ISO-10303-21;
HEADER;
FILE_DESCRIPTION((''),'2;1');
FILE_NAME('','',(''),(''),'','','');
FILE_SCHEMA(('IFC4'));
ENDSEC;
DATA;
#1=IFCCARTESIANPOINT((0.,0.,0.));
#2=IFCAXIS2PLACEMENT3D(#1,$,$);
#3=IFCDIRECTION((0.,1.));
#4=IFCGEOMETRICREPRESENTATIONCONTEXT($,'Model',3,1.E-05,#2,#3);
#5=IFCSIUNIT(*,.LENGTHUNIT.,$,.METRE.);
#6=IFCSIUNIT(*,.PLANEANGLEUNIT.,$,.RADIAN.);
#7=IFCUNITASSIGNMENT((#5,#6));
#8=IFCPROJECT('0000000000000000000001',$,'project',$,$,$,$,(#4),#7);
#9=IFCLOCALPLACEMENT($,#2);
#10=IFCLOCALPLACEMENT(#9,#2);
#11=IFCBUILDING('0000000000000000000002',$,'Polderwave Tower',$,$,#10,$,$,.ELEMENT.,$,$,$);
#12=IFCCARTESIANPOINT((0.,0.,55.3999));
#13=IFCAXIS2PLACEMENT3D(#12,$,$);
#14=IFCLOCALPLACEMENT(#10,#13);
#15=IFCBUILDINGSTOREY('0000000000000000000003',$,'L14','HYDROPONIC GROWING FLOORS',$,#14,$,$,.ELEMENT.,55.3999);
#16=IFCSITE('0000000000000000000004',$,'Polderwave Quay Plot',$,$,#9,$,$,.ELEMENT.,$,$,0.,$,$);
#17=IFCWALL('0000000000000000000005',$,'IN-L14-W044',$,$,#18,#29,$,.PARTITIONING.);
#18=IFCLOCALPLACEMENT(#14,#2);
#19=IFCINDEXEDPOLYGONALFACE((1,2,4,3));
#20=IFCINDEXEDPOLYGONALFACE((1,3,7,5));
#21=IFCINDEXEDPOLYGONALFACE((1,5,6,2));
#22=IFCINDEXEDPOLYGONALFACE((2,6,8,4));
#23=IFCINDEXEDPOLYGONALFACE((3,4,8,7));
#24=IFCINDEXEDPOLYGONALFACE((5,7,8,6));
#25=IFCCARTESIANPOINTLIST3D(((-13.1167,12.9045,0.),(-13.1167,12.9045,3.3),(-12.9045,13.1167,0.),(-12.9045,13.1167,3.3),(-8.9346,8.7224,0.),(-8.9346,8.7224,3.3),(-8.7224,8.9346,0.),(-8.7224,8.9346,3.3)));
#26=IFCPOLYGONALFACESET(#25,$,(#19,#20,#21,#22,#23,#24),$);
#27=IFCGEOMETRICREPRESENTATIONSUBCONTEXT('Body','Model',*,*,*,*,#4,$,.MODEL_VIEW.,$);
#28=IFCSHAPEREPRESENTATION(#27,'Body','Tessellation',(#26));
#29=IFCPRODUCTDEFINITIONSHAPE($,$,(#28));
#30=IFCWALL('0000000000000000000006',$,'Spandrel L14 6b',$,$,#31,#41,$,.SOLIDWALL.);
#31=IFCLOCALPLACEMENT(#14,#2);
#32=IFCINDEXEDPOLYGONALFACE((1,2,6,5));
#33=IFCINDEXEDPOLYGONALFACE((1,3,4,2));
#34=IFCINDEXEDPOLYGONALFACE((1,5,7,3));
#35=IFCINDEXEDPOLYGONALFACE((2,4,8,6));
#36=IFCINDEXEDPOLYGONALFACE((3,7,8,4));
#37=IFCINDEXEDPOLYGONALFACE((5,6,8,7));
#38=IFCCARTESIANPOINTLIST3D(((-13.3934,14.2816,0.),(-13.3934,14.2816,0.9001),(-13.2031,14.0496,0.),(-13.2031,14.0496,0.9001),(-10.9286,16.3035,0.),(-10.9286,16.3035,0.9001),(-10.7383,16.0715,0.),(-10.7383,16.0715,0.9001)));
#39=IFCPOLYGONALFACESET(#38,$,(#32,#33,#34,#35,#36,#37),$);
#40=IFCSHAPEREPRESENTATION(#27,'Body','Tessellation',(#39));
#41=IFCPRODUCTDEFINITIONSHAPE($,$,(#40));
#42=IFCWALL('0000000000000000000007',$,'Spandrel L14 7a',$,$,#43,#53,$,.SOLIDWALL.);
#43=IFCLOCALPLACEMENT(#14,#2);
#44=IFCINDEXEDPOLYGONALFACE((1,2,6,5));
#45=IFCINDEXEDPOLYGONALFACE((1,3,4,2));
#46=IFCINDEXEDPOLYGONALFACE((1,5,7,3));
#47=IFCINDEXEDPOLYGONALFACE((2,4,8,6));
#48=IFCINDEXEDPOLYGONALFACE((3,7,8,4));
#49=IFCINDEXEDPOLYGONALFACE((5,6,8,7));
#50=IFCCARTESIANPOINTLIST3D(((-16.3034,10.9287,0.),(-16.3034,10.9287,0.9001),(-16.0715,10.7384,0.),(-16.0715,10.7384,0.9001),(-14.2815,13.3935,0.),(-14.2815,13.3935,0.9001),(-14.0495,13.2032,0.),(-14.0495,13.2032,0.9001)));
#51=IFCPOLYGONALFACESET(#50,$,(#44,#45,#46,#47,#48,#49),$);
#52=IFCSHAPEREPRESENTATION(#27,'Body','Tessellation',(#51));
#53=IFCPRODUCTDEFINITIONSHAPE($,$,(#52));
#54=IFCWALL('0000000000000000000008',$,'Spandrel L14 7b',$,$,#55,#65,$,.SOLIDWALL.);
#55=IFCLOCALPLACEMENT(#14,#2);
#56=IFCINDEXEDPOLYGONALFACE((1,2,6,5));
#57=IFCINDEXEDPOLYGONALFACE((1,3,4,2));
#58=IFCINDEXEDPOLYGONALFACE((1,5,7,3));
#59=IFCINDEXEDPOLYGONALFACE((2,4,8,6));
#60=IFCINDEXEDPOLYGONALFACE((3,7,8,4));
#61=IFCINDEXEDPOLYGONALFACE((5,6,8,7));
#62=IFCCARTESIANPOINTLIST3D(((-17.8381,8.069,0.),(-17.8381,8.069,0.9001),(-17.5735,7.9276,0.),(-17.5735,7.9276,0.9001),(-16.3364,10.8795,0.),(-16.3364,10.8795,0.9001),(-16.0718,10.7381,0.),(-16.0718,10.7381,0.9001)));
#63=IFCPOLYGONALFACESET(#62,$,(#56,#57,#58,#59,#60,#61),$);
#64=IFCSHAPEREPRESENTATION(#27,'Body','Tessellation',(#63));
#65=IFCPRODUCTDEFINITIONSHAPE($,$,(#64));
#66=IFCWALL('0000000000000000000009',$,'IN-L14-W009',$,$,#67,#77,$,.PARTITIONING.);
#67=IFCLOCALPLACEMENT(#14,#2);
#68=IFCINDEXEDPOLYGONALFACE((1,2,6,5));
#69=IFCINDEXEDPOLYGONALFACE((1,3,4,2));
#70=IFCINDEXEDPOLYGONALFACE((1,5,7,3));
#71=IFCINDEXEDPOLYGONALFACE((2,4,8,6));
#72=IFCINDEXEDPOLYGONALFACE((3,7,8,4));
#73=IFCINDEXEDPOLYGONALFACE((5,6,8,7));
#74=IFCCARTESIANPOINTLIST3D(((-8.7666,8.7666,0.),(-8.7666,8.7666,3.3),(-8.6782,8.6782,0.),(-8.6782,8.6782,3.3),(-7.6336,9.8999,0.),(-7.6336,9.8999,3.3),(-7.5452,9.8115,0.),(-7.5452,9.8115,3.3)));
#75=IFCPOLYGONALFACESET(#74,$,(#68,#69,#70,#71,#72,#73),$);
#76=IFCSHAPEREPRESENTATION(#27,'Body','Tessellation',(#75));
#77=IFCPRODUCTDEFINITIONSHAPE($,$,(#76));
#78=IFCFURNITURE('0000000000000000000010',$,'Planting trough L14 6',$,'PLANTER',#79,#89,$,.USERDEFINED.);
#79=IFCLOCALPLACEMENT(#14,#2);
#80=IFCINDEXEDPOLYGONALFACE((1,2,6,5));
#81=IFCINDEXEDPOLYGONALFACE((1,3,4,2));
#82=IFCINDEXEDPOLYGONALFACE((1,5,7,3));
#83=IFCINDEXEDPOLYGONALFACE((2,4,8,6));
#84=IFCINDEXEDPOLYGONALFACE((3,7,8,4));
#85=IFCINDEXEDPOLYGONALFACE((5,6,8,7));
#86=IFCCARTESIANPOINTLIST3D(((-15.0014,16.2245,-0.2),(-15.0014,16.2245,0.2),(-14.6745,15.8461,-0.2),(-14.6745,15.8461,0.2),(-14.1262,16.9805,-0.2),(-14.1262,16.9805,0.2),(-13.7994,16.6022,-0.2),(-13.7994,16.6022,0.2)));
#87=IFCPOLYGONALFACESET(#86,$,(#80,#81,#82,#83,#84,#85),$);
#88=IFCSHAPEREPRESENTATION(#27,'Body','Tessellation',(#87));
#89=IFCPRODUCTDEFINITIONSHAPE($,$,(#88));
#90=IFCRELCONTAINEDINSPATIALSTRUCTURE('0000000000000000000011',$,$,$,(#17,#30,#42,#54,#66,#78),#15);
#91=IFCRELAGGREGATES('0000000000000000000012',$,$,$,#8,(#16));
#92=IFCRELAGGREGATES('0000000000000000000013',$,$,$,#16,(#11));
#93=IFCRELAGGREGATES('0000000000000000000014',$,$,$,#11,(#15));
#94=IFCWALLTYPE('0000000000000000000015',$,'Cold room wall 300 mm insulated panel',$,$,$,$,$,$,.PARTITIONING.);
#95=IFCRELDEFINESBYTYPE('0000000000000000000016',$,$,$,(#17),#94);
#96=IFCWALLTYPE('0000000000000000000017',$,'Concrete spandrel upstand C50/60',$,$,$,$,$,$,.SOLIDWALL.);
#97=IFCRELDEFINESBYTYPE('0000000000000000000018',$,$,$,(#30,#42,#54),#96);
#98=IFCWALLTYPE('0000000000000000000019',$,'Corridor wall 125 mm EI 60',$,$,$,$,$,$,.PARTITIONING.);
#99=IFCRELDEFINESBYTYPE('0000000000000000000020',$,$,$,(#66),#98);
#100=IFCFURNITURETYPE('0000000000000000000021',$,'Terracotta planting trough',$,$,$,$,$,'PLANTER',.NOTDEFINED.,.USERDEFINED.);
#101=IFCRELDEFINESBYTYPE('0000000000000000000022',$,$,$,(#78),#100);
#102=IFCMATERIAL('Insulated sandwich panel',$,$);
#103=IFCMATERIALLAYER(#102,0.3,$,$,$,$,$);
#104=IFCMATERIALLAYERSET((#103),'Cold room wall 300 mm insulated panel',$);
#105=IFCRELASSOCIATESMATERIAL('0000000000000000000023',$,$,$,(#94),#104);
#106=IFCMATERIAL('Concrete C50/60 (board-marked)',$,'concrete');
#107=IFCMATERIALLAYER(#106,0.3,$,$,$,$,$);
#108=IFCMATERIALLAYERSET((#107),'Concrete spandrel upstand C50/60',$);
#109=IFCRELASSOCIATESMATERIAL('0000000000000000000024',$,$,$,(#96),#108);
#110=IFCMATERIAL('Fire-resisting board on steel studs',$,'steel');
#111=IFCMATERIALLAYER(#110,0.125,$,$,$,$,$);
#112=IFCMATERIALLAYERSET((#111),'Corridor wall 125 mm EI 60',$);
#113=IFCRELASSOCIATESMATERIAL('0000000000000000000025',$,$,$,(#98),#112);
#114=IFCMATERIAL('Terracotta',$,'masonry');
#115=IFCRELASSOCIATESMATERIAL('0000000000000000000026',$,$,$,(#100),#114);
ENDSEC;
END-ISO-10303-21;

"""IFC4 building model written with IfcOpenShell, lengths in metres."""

from ifc_helpers import new_model, si_unit, direction, frame, frame_2d, origin, origin_2d, place, context, subcontext, project, spatial, rectangle, extrude, material, layer, layer_set, type_object, element, save


model = new_model("IFC4")

# Units and contexts
model_context = context("Model", 3, precision=1e-05, world=origin(), true_north=direction((0.0, 1.0)))
body_context = subcontext(model_context, "Body", "Model", "MODEL_VIEW")
ifc_project = project(units=[si_unit("LENGTHUNIT", "METRE"), si_unit("PLANEANGLEUNIT", "RADIAN")], contexts=[model_context])

# Site, building, storey
site_placement = place(None, origin())
site = spatial("IfcSite", under=ifc_project, at=site_placement, Name="Polderwave Quay Plot", CompositionType="ELEMENT", RefElevation=0.0)
building_placement = place(site_placement, origin())
building = spatial("IfcBuilding", under=site, at=building_placement, Name="Polderwave Tower", CompositionType="ELEMENT")
storey_placement = place(building_placement, frame((0.0, 0.0, 55.3999)))
storey = spatial("IfcBuildingStorey", under=building, at=storey_placement, Name="L14", Description="HYDROPONIC GROWING FLOORS", CompositionType="ELEMENT", Elevation=55.3999)

# Walls
ifc_material_1 = material(Name="Insulated sandwich panel")
ifc_layer_1 = layer(ifc_material_1, 0.3)
ifc_layer_set_1 = layer_set([ifc_layer_1], Name="Cold room wall 300 mm insulated panel")
wall_type_1 = type_object("IfcWallType", Name="Cold room wall 300 mm insulated panel", PredefinedType="PARTITIONING", material=ifc_layer_set_1)
wall_1_placement = place(storey_placement, frame((-8.8286, 8.8286, 0.0), z_axis=(0.0, 0.0, 1.0), x_axis=(-0.707107, 0.707107, 0.0)))
element("IfcWall", 1, at=wall_1_placement, inside=storey, type_object=wall_type_1, Name="IN-L14-W044", PredefinedType="PARTITIONING", context=body_context, shape_type="SweptSolid", body=[
    extrude(rectangle(XDim=5.9143, YDim=0.3, at=frame_2d((2.957, 0.0))), origin(), (0.0, 0.0, 1.0), 3.3),
])
ifc_material_2 = material(Name="Concrete C50/60 (board-marked)", Category="concrete")
ifc_layer_2 = layer(ifc_material_2, 0.3)
ifc_layer_set_2 = layer_set([ifc_layer_2], Name="Concrete spandrel upstand C50/60")
wall_type_2 = type_object("IfcWallType", Name="Concrete spandrel upstand C50/60", PredefinedType="SOLIDWALL", material=ifc_layer_set_2)
for number, where, z_axis, x_axis, name in (
    (2, (-10.8335, 16.1875, 0.0), (0.0, 0.0, 1.0), (-0.773145, -0.63423, 0.0), "Spandrel L14 6b"),
    (3, (-14.1655, 13.2983, 0.0), (0.0, 0.0, 1.0), (-0.63423, -0.773145, 0.0), "Spandrel L14 7a"),
):
    element("IfcWall", number, at=place(storey_placement, frame(where, z_axis=z_axis, x_axis=x_axis)), inside=storey, type_object=wall_type_2, Name=name, PredefinedType="SOLIDWALL", context=body_context, shape_type="SweptSolid", body=[
        extrude(rectangle(XDim=3.188, YDim=0.3, at=frame_2d((1.594, 0.0))), origin(), (0.0, 0.0, 1.0), 0.9001),
    ])
wall_2_placement = place(storey_placement, frame((-16.2041, 10.8088, 0.0), z_axis=(0.0, 0.0, 1.0), x_axis=(-0.47126, -0.881994, 0.0)))
element("IfcWall", 4, at=wall_2_placement, inside=storey, type_object=wall_type_2, Name="Spandrel L14 7b", PredefinedType="SOLIDWALL", context=body_context, shape_type="SweptSolid", body=[
    extrude(rectangle(XDim=3.1865, YDim=0.3, at=frame_2d((1.5933, 0.0))), origin(), (0.0, 0.0, 1.0), 0.9001),
])
ifc_material_3 = material(Name="Fire-resisting board on steel studs", Category="steel")
ifc_layer_3 = layer(ifc_material_3, 0.125)
ifc_layer_set_3 = layer_set([ifc_layer_3], Name="Corridor wall 125 mm EI 60")
wall_type_3 = type_object("IfcWallType", Name="Corridor wall 125 mm EI 60", PredefinedType="PARTITIONING", material=ifc_layer_set_3)
wall_3_placement = place(storey_placement, frame((-8.7224, 8.7224, 0.0), z_axis=(0.0, 0.0, 1.0), x_axis=(0.707031, 0.707183, 0.0)))
element("IfcWall", 5, at=wall_3_placement, inside=storey, type_object=wall_type_3, Name="IN-L14-W009", PredefinedType="PARTITIONING", context=body_context, shape_type="SweptSolid", body=[
    extrude(rectangle(XDim=1.6025, YDim=0.125, at=frame_2d((0.8013, 0.0))), origin(), (0.0, 0.0, 1.0), 3.3),
])

# Furniture
ifc_material_4 = material(Name="Terracotta", Category="masonry")
furniture_type = type_object("IfcFurnitureType", Name="Terracotta planting trough", ElementType="PLANTER", AssemblyPlace="NOTDEFINED", PredefinedType="USERDEFINED", material=ifc_material_4)
furniture_placement = place(storey_placement, frame((-14.4004, 16.4133, -0.2), z_axis=(0.0, 0.0, 1.0), x_axis=(-0.756728, -0.65373, 0.0)))
element("IfcFurniture", 6, at=furniture_placement, inside=storey, type_object=furniture_type, Name="Planting trough L14 6", ObjectType="PLANTER", PredefinedType="USERDEFINED", context=body_context, shape_type="SweptSolid", body=[
    extrude(rectangle(XDim=1.1565, YDim=0.5, at=origin_2d()), origin(), (0.0, 0.0, 1.0), 0.3999),
])

save(model, "model.ifc")
